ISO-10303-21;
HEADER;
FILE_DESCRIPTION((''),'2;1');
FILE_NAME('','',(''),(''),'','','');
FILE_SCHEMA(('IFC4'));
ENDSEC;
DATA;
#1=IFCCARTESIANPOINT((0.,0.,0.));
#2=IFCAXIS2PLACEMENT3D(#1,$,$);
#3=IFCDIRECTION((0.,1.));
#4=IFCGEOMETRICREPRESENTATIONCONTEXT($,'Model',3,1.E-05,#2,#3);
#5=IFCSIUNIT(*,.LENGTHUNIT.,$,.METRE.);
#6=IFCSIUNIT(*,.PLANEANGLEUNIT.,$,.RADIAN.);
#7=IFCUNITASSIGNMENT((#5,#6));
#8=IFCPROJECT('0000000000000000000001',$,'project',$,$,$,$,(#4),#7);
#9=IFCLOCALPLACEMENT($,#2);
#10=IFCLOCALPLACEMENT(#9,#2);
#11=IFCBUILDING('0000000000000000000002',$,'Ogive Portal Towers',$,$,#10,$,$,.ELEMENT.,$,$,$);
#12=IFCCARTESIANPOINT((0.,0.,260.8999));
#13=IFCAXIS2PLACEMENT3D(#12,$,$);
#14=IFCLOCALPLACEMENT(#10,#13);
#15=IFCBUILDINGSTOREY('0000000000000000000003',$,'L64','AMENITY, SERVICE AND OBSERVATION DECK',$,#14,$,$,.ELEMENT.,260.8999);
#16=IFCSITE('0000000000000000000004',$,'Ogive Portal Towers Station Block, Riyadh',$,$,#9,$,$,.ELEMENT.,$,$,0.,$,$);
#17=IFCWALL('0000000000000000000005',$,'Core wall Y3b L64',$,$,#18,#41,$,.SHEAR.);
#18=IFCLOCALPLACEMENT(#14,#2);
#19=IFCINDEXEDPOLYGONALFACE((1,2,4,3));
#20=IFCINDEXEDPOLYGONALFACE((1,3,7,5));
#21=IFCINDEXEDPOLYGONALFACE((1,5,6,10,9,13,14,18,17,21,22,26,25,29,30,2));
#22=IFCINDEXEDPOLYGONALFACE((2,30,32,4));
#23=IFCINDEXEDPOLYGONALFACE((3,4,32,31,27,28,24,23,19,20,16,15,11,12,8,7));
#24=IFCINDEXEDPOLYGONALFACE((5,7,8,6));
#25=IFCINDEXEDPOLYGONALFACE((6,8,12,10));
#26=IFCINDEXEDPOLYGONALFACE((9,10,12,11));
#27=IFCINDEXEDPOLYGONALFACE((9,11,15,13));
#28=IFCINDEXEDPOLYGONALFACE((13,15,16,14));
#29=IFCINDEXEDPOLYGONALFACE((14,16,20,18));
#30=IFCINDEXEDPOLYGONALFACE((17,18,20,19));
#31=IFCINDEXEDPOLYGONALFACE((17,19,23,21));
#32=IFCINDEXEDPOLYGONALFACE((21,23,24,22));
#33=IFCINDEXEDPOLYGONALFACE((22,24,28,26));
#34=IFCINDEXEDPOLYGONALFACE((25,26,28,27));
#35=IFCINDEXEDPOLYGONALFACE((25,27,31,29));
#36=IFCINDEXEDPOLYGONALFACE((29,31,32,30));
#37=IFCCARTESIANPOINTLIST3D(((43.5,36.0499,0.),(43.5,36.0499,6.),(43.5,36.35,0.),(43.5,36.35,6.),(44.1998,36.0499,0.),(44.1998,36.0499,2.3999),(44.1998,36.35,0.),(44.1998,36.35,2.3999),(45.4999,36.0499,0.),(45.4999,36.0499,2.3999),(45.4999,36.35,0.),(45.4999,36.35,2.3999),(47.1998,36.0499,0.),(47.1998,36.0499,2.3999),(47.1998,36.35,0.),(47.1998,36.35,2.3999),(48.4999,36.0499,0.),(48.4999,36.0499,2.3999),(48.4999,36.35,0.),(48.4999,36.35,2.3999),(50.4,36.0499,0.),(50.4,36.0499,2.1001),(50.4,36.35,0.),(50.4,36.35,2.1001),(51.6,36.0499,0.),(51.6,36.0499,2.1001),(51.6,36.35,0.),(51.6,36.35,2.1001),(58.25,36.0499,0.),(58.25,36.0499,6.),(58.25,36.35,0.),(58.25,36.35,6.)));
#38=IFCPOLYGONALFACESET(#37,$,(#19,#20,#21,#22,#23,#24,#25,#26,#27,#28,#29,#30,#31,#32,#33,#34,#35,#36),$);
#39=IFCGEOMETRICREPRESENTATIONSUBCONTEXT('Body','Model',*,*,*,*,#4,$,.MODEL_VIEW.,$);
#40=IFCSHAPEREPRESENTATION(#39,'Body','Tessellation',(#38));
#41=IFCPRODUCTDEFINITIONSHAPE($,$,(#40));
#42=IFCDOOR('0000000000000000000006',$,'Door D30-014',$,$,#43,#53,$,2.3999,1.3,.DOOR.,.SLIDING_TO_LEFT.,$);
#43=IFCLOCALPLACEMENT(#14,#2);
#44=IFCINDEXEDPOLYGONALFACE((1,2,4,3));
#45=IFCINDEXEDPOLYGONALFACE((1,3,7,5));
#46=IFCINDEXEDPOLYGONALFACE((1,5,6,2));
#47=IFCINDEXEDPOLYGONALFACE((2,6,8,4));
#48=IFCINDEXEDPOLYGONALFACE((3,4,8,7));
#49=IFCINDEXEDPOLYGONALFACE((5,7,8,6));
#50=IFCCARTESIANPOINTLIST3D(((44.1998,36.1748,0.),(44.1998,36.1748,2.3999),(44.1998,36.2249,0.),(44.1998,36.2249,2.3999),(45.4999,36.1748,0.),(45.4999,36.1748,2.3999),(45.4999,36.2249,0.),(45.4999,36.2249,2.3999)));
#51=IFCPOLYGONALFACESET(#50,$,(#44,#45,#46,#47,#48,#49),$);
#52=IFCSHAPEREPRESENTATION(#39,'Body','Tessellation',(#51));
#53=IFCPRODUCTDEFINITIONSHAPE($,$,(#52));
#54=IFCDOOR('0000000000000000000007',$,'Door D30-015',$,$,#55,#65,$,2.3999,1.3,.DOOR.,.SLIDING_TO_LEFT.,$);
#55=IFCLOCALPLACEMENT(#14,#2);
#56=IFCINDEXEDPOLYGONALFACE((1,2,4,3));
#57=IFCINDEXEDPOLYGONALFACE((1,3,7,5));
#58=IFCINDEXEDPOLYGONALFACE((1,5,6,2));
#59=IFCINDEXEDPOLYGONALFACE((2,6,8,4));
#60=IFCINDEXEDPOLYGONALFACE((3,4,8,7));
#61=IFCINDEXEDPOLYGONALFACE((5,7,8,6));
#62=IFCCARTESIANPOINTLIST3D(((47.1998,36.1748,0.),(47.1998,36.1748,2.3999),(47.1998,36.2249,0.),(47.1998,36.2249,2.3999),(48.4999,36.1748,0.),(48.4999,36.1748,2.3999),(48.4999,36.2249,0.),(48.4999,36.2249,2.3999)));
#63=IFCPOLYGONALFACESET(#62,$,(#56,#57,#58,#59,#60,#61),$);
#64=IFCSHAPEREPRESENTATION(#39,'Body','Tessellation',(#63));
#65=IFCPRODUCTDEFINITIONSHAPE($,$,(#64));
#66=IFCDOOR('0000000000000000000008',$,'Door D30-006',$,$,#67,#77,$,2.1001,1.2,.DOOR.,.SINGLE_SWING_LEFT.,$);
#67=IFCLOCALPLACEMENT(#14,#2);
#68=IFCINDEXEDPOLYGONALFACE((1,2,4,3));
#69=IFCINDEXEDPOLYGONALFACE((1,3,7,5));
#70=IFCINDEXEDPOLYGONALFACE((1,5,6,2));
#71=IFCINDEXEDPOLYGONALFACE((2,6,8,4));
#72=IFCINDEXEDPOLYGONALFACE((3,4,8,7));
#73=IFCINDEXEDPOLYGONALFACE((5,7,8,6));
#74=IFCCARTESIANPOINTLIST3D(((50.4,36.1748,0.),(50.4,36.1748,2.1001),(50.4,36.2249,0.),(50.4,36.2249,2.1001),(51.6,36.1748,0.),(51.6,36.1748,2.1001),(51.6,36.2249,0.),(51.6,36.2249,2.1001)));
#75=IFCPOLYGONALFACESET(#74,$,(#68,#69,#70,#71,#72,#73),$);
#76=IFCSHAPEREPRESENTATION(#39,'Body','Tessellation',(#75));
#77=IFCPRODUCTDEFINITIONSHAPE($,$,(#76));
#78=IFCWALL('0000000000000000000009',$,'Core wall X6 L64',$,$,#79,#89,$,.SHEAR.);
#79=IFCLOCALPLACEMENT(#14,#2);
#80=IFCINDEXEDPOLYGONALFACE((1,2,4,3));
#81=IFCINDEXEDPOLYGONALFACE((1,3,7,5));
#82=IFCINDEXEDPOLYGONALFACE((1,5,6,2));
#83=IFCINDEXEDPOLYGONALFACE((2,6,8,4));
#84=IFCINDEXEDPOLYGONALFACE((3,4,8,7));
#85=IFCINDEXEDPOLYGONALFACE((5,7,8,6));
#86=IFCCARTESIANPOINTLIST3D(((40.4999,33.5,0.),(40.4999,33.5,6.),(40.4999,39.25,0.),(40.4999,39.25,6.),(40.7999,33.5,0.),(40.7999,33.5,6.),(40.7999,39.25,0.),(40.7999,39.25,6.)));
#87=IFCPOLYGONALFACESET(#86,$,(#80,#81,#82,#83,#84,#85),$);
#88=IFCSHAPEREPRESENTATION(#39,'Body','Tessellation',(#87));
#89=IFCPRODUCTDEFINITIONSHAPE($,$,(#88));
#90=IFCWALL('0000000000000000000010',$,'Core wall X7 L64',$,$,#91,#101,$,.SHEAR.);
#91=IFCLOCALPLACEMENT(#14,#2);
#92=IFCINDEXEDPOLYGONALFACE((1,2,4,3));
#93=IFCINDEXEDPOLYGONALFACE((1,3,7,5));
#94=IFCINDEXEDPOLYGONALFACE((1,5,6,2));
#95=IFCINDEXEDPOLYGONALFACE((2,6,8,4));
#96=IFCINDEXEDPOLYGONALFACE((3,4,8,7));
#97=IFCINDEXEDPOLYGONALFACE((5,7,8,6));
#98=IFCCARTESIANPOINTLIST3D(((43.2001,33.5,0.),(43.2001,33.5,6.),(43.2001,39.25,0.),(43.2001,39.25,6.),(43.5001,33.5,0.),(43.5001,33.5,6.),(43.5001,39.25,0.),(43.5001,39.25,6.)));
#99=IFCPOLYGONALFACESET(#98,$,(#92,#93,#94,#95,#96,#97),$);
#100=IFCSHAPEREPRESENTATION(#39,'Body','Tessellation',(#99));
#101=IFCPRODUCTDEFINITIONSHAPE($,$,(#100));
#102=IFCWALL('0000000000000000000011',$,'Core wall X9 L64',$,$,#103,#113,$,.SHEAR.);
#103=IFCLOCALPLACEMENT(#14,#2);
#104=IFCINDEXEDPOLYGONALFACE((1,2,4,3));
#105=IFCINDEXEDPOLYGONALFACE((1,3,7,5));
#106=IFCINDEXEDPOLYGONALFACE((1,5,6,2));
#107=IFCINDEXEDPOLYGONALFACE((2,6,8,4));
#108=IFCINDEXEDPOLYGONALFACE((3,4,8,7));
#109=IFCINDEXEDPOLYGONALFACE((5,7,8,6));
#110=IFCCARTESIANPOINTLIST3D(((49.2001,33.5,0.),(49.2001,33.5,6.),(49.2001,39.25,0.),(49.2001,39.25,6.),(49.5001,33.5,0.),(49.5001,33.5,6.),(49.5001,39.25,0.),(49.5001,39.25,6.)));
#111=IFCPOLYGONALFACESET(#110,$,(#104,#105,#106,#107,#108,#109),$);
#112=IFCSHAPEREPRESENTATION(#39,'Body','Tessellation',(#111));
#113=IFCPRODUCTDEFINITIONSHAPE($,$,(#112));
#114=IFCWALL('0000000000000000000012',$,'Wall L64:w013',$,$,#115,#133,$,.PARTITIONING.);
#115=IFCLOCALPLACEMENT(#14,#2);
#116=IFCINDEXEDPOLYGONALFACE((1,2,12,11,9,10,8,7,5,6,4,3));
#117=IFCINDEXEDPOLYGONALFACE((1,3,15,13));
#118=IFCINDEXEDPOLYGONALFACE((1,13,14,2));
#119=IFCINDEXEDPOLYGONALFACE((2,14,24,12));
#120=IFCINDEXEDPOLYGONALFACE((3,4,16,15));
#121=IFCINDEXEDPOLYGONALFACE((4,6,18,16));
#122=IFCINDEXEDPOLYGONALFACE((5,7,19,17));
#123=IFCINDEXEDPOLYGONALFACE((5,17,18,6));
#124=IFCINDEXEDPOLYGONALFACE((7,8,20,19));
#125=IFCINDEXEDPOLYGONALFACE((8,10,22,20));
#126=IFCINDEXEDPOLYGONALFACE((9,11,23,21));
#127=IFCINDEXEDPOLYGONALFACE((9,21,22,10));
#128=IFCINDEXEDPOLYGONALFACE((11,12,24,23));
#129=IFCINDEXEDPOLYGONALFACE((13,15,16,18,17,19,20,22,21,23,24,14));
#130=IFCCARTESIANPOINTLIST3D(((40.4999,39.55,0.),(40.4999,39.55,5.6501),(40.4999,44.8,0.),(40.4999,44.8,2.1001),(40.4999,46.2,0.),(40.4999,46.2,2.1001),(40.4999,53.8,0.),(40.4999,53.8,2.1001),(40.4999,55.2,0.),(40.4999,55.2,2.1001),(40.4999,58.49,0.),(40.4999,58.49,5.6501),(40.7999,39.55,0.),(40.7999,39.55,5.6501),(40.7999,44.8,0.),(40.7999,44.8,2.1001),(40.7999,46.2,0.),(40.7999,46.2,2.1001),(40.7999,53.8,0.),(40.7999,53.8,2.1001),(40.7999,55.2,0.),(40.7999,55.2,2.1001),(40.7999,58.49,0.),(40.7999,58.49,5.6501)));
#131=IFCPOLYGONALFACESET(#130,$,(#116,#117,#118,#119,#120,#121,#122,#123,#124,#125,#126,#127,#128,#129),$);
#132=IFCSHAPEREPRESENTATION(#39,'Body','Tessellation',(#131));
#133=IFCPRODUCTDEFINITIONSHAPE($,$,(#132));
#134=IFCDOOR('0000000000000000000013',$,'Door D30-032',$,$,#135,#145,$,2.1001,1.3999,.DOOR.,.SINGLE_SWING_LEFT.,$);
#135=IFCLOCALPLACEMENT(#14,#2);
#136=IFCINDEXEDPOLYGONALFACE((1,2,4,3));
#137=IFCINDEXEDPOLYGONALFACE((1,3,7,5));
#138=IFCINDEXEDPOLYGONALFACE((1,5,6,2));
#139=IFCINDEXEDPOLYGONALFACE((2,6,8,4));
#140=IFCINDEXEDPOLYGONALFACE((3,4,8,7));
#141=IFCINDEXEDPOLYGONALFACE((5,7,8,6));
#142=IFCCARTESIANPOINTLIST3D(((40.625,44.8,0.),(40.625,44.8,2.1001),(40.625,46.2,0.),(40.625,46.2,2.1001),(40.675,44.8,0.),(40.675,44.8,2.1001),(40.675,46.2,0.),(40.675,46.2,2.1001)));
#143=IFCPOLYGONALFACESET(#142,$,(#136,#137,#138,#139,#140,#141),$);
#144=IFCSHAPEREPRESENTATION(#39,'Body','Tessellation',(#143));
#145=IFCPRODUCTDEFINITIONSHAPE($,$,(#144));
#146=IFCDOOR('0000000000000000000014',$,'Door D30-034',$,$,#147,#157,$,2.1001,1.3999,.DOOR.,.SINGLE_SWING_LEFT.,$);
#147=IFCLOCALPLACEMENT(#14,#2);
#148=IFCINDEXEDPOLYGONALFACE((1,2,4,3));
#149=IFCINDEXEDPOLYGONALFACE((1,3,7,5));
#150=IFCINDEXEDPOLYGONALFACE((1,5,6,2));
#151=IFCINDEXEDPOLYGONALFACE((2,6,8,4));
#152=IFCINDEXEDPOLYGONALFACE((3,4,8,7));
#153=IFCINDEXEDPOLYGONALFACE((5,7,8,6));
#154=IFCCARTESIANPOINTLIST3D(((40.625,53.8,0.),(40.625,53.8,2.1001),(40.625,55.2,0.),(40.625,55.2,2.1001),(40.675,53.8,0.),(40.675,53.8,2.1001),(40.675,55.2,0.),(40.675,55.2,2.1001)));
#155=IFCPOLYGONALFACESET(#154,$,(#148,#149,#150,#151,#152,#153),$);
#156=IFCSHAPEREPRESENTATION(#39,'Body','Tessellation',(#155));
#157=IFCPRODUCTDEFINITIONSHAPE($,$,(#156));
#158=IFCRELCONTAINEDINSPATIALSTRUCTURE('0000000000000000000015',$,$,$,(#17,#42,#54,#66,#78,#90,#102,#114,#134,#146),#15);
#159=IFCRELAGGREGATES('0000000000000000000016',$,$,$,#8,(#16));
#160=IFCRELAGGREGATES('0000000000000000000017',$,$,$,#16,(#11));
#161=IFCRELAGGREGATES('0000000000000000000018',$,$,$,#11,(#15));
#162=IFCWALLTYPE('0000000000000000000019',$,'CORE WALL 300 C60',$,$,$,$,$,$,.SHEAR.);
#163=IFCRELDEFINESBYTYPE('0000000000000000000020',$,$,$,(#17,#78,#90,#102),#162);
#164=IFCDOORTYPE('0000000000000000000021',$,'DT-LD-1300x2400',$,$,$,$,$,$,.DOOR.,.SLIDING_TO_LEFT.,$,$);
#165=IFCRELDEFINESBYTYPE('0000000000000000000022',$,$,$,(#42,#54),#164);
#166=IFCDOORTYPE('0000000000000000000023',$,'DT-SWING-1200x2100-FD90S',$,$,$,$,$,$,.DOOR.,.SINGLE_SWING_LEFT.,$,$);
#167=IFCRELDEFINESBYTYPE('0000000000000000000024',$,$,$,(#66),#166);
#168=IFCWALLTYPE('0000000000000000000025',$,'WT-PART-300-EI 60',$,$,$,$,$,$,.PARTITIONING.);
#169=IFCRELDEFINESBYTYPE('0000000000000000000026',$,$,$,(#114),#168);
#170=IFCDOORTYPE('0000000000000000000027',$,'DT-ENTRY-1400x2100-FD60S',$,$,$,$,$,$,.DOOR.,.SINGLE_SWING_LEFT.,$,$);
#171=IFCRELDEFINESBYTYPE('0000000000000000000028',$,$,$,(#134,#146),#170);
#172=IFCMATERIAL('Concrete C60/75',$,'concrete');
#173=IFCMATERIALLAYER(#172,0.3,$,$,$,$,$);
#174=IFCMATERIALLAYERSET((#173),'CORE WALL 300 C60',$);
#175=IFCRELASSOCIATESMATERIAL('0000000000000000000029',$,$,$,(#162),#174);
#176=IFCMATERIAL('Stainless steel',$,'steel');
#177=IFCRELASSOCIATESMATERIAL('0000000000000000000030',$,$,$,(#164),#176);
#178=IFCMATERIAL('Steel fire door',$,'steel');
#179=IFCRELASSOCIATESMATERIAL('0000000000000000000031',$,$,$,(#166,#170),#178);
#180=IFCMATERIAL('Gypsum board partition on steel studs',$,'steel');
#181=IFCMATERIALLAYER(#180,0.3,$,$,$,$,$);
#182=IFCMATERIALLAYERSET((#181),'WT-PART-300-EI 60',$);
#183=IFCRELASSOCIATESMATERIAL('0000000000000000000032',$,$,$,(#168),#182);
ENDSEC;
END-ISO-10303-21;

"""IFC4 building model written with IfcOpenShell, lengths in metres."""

from ifc_helpers import new_model, si_unit, direction, frame, frame_2d, origin, place, context, subcontext, project, spatial, rectangle, extrude, material, layer, layer_set, type_object, element, fill, save


model = new_model("IFC4")

# Units and contexts
model_context = context("Model", 3, precision=1e-05, world=origin(), true_north=direction((0.0, 1.0)))
body_context = subcontext(model_context, "Body", "Model", "MODEL_VIEW")
ifc_project = project(units=[si_unit("LENGTHUNIT", "METRE"), si_unit("PLANEANGLEUNIT", "RADIAN")], contexts=[model_context])

# Site, building, storey
site_placement = place(None, origin())
site = spatial("IfcSite", under=ifc_project, at=site_placement, Name="Ogive Portal Towers Station Block, Riyadh", CompositionType="ELEMENT", RefElevation=0.0)
building_placement = place(site_placement, origin())
building = spatial("IfcBuilding", under=site, at=building_placement, Name="Ogive Portal Towers", CompositionType="ELEMENT")
storey_placement = place(building_placement, frame((0.0, 0.0, 260.8999)))
storey = spatial("IfcBuildingStorey", under=building, at=storey_placement, Name="L64", Description="AMENITY, SERVICE AND OBSERVATION DECK", CompositionType="ELEMENT", Elevation=260.8999)

# Wall, openings, doors
ifc_material_1 = material(Name="Concrete C60/75", Category="concrete")
ifc_layer_1 = layer(ifc_material_1, 0.3)
ifc_layer_set_1 = layer_set([ifc_layer_1], Name="CORE WALL 300 C60")
wall_type_1 = type_object("IfcWallType", Name="CORE WALL 300 C60", PredefinedType="SHEAR", material=ifc_layer_set_1)
wall_1_placement = place(storey_placement, frame((43.5, 36.2, 0.0), z_axis=(0.0, 0.0, 1.0), x_axis=(1.0, 0.0, 0.0)))
wall_1 = element("IfcWall", 1, at=wall_1_placement, inside=storey, type_object=wall_type_1, Name="Core wall Y3b L64", PredefinedType="SHEAR", context=body_context, shape_type="SweptSolid", body=[
    extrude(rectangle(XDim=14.75, YDim=0.3, at=frame_2d((7.375, 0.0))), origin(), (0.0, 0.0, 1.0), 6.0),
])
opening_1_placement = place(wall_1_placement, frame((6.8999, 0.0, 0.0)))
opening_1 = element("IfcOpeningElement", 2, at=opening_1_placement, cuts=wall_1, PredefinedType="OPENING", context=body_context, shape_type="SweptSolid", body=[
    extrude(rectangle(XDim=1.2, YDim=2.1001, at=frame_2d((0.6001, 1.05))), frame((0.0, 0.1602, 0.0), z_axis=(0.0, -1.0, 0.0), x_axis=(1.0, 0.0, 0.0)), (0.0, 0.0, 1.0), 0.3201),
])
opening_2_placement = place(wall_1_placement, frame((0.7, 0.0, 0.0)))
opening_2 = element("IfcOpeningElement", 3, at=opening_2_placement, cuts=wall_1, PredefinedType="OPENING", context=body_context, shape_type="SweptSolid", body=[
    extrude(rectangle(XDim=1.3, YDim=2.3999, at=frame_2d((0.6499, 1.2))), frame((0.0, 0.1602, 0.0), z_axis=(0.0, -1.0, 0.0), x_axis=(1.0, 0.0, 0.0)), (0.0, 0.0, 1.0), 0.3201),
])
opening_3_placement = place(wall_1_placement, frame((3.7, 0.0, 0.0)))
opening_3 = element("IfcOpeningElement", 4, at=opening_3_placement, cuts=wall_1, PredefinedType="OPENING", context=body_context, shape_type="SweptSolid", body=[
    extrude(rectangle(XDim=1.3, YDim=2.3999, at=frame_2d((0.6499, 1.2))), frame((0.0, 0.1602, 0.0), z_axis=(0.0, -1.0, 0.0), x_axis=(1.0, 0.0, 0.0)), (0.0, 0.0, 1.0), 0.3201),
])
ifc_material_2 = material(Name="Stainless steel", Category="steel")
door_type_1 = type_object("IfcDoorType", Name="DT-LD-1300x2400", OperationType="SLIDING_TO_LEFT", PredefinedType="DOOR", material=ifc_material_2)
door_1_placement = place(opening_2_placement, origin())
door_1 = element("IfcDoor", 5, at=door_1_placement, inside=storey, type_object=door_type_1, Name="Door D30-014", OperationType="SLIDING_TO_LEFT", OverallHeight=2.3999, OverallWidth=1.3, PredefinedType="DOOR", context=body_context, shape_type="SweptSolid", body=[
    extrude(rectangle(XDim=1.3, YDim=2.3999, at=frame_2d((0.6499, 1.2))), frame((0.0, 0.0249, 0.0), z_axis=(0.0, -1.0, 0.0), x_axis=(1.0, 0.0, 0.0)), (0.0, 0.0, 1.0), 0.05),
])
fill(opening_2, door_1)
door_2_placement = place(opening_3_placement, origin())
door_2 = element("IfcDoor", 6, at=door_2_placement, inside=storey, type_object=door_type_1, Name="Door D30-015", OperationType="SLIDING_TO_LEFT", OverallHeight=2.3999, OverallWidth=1.3, PredefinedType="DOOR", context=body_context, shape_type="SweptSolid", body=[
    extrude(rectangle(XDim=1.3, YDim=2.3999, at=frame_2d((0.6499, 1.2))), frame((0.0, 0.0249, 0.0), z_axis=(0.0, -1.0, 0.0), x_axis=(1.0, 0.0, 0.0)), (0.0, 0.0, 1.0), 0.05),
])
fill(opening_3, door_2)
ifc_material_3 = material(Name="Steel fire door", Category="steel")
door_type_2 = type_object("IfcDoorType", Name="DT-SWING-1200x2100-FD90S", OperationType="SINGLE_SWING_LEFT", PredefinedType="DOOR", material=ifc_material_3)
door_3_placement = place(opening_1_placement, origin())
door_3 = element("IfcDoor", 7, at=door_3_placement, inside=storey, type_object=door_type_2, Name="Door D30-006", OperationType="SINGLE_SWING_LEFT", OverallHeight=2.1001, OverallWidth=1.2, PredefinedType="DOOR", context=body_context, shape_type="SweptSolid", body=[
    extrude(rectangle(XDim=1.2, YDim=2.1001, at=frame_2d((0.6001, 1.05))), frame((0.0, 0.0249, 0.0), z_axis=(0.0, -1.0, 0.0), x_axis=(1.0, 0.0, 0.0)), (0.0, 0.0, 1.0), 0.05),
])
fill(opening_1, door_3)

# Walls
for number, where, z_axis, x_axis, name in (
    (8, (40.6499, 33.5, 0.0), (0.0, 0.0, 1.0), (0.0, 1.0, 0.0), "Core wall X6 L64"),
    (9, (43.3501, 33.5, 0.0), (0.0, 0.0, 1.0), (0.0, 1.0, 0.0), "Core wall X7 L64"),
    (10, (49.3501, 33.5, 0.0), (0.0, 0.0, 1.0), (0.0, 1.0, 0.0), "Core wall X9 L64"),
):
    element("IfcWall", number, at=place(storey_placement, frame(where, z_axis=z_axis, x_axis=x_axis)), inside=storey, type_object=wall_type_1, Name=name, PredefinedType="SHEAR", context=body_context, shape_type="SweptSolid", body=[
        extrude(rectangle(XDim=5.75, YDim=0.3, at=frame_2d((2.875, 0.0))), origin(), (0.0, 0.0, 1.0), 6.0),
    ])

# Wall, openings, doors
ifc_material_4 = material(Name="Gypsum board partition on steel studs", Category="steel")
ifc_layer_2 = layer(ifc_material_4, 0.3)
ifc_layer_set_2 = layer_set([ifc_layer_2], Name="WT-PART-300-EI 60")
wall_type_2 = type_object("IfcWallType", Name="WT-PART-300-EI 60", PredefinedType="PARTITIONING", material=ifc_layer_set_2)
wall_2_placement = place(storey_placement, frame((40.6499, 39.55, 0.0), z_axis=(0.0, 0.0, 1.0), x_axis=(0.0, 1.0, 0.0)))
wall_2 = element("IfcWall", 11, at=wall_2_placement, inside=storey, type_object=wall_type_2, Name="Wall L64:w013", PredefinedType="PARTITIONING", context=body_context, shape_type="SweptSolid", body=[
    extrude(rectangle(XDim=18.9399, YDim=0.3, at=frame_2d((9.47, 0.0))), origin(), (0.0, 0.0, 1.0), 5.6501),
])
opening_4_placement = place(wall_2_placement, frame((5.25, 0.0, 0.0)))
opening_4 = element("IfcOpeningElement", 12, at=opening_4_placement, cuts=wall_2, PredefinedType="OPENING", context=body_context, shape_type="SweptSolid", body=[
    extrude(rectangle(XDim=1.3999, YDim=2.1001, at=frame_2d((0.7, 1.05))), frame((0.0, 0.1602, 0.0), z_axis=(0.0, -1.0, 0.0), x_axis=(1.0, 0.0, 0.0)), (0.0, 0.0, 1.0), 0.3201),
])
opening_5_placement = place(wall_2_placement, frame((14.25, 0.0, 0.0)))
opening_5 = element("IfcOpeningElement", 13, at=opening_5_placement, cuts=wall_2, PredefinedType="OPENING", context=body_context, shape_type="SweptSolid", body=[
    extrude(rectangle(XDim=1.3999, YDim=2.1001, at=frame_2d((0.7, 1.05))), frame((0.0, 0.1602, 0.0), z_axis=(0.0, -1.0, 0.0), x_axis=(1.0, 0.0, 0.0)), (0.0, 0.0, 1.0), 0.3201),
])
door_type_3 = type_object("IfcDoorType", Name="DT-ENTRY-1400x2100-FD60S", OperationType="SINGLE_SWING_LEFT", PredefinedType="DOOR", material=ifc_material_3)
door_4_placement = place(opening_4_placement, origin())
door_4 = element("IfcDoor", 14, at=door_4_placement, inside=storey, type_object=door_type_3, Name="Door D30-032", OperationType="SINGLE_SWING_LEFT", OverallHeight=2.1001, OverallWidth=1.3999, PredefinedType="DOOR", context=body_context, shape_type="SweptSolid", body=[
    extrude(rectangle(XDim=1.3999, YDim=2.1001, at=frame_2d((0.7, 1.05))), frame((0.0, 0.0249, 0.0), z_axis=(0.0, -1.0, 0.0), x_axis=(1.0, 0.0, 0.0)), (0.0, 0.0, 1.0), 0.05),
])
fill(opening_4, door_4)
door_5_placement = place(opening_5_placement, origin())
door_5 = element("IfcDoor", 15, at=door_5_placement, inside=storey, type_object=door_type_3, Name="Door D30-034", OperationType="SINGLE_SWING_LEFT", OverallHeight=2.1001, OverallWidth=1.3999, PredefinedType="DOOR", context=body_context, shape_type="SweptSolid", body=[
    extrude(rectangle(XDim=1.3999, YDim=2.1001, at=frame_2d((0.7, 1.05))), frame((0.0, 0.0249, 0.0), z_axis=(0.0, -1.0, 0.0), x_axis=(1.0, 0.0, 0.0)), (0.0, 0.0, 1.0), 0.05),
])
fill(opening_5, door_5)

save(model, "model.ifc")
